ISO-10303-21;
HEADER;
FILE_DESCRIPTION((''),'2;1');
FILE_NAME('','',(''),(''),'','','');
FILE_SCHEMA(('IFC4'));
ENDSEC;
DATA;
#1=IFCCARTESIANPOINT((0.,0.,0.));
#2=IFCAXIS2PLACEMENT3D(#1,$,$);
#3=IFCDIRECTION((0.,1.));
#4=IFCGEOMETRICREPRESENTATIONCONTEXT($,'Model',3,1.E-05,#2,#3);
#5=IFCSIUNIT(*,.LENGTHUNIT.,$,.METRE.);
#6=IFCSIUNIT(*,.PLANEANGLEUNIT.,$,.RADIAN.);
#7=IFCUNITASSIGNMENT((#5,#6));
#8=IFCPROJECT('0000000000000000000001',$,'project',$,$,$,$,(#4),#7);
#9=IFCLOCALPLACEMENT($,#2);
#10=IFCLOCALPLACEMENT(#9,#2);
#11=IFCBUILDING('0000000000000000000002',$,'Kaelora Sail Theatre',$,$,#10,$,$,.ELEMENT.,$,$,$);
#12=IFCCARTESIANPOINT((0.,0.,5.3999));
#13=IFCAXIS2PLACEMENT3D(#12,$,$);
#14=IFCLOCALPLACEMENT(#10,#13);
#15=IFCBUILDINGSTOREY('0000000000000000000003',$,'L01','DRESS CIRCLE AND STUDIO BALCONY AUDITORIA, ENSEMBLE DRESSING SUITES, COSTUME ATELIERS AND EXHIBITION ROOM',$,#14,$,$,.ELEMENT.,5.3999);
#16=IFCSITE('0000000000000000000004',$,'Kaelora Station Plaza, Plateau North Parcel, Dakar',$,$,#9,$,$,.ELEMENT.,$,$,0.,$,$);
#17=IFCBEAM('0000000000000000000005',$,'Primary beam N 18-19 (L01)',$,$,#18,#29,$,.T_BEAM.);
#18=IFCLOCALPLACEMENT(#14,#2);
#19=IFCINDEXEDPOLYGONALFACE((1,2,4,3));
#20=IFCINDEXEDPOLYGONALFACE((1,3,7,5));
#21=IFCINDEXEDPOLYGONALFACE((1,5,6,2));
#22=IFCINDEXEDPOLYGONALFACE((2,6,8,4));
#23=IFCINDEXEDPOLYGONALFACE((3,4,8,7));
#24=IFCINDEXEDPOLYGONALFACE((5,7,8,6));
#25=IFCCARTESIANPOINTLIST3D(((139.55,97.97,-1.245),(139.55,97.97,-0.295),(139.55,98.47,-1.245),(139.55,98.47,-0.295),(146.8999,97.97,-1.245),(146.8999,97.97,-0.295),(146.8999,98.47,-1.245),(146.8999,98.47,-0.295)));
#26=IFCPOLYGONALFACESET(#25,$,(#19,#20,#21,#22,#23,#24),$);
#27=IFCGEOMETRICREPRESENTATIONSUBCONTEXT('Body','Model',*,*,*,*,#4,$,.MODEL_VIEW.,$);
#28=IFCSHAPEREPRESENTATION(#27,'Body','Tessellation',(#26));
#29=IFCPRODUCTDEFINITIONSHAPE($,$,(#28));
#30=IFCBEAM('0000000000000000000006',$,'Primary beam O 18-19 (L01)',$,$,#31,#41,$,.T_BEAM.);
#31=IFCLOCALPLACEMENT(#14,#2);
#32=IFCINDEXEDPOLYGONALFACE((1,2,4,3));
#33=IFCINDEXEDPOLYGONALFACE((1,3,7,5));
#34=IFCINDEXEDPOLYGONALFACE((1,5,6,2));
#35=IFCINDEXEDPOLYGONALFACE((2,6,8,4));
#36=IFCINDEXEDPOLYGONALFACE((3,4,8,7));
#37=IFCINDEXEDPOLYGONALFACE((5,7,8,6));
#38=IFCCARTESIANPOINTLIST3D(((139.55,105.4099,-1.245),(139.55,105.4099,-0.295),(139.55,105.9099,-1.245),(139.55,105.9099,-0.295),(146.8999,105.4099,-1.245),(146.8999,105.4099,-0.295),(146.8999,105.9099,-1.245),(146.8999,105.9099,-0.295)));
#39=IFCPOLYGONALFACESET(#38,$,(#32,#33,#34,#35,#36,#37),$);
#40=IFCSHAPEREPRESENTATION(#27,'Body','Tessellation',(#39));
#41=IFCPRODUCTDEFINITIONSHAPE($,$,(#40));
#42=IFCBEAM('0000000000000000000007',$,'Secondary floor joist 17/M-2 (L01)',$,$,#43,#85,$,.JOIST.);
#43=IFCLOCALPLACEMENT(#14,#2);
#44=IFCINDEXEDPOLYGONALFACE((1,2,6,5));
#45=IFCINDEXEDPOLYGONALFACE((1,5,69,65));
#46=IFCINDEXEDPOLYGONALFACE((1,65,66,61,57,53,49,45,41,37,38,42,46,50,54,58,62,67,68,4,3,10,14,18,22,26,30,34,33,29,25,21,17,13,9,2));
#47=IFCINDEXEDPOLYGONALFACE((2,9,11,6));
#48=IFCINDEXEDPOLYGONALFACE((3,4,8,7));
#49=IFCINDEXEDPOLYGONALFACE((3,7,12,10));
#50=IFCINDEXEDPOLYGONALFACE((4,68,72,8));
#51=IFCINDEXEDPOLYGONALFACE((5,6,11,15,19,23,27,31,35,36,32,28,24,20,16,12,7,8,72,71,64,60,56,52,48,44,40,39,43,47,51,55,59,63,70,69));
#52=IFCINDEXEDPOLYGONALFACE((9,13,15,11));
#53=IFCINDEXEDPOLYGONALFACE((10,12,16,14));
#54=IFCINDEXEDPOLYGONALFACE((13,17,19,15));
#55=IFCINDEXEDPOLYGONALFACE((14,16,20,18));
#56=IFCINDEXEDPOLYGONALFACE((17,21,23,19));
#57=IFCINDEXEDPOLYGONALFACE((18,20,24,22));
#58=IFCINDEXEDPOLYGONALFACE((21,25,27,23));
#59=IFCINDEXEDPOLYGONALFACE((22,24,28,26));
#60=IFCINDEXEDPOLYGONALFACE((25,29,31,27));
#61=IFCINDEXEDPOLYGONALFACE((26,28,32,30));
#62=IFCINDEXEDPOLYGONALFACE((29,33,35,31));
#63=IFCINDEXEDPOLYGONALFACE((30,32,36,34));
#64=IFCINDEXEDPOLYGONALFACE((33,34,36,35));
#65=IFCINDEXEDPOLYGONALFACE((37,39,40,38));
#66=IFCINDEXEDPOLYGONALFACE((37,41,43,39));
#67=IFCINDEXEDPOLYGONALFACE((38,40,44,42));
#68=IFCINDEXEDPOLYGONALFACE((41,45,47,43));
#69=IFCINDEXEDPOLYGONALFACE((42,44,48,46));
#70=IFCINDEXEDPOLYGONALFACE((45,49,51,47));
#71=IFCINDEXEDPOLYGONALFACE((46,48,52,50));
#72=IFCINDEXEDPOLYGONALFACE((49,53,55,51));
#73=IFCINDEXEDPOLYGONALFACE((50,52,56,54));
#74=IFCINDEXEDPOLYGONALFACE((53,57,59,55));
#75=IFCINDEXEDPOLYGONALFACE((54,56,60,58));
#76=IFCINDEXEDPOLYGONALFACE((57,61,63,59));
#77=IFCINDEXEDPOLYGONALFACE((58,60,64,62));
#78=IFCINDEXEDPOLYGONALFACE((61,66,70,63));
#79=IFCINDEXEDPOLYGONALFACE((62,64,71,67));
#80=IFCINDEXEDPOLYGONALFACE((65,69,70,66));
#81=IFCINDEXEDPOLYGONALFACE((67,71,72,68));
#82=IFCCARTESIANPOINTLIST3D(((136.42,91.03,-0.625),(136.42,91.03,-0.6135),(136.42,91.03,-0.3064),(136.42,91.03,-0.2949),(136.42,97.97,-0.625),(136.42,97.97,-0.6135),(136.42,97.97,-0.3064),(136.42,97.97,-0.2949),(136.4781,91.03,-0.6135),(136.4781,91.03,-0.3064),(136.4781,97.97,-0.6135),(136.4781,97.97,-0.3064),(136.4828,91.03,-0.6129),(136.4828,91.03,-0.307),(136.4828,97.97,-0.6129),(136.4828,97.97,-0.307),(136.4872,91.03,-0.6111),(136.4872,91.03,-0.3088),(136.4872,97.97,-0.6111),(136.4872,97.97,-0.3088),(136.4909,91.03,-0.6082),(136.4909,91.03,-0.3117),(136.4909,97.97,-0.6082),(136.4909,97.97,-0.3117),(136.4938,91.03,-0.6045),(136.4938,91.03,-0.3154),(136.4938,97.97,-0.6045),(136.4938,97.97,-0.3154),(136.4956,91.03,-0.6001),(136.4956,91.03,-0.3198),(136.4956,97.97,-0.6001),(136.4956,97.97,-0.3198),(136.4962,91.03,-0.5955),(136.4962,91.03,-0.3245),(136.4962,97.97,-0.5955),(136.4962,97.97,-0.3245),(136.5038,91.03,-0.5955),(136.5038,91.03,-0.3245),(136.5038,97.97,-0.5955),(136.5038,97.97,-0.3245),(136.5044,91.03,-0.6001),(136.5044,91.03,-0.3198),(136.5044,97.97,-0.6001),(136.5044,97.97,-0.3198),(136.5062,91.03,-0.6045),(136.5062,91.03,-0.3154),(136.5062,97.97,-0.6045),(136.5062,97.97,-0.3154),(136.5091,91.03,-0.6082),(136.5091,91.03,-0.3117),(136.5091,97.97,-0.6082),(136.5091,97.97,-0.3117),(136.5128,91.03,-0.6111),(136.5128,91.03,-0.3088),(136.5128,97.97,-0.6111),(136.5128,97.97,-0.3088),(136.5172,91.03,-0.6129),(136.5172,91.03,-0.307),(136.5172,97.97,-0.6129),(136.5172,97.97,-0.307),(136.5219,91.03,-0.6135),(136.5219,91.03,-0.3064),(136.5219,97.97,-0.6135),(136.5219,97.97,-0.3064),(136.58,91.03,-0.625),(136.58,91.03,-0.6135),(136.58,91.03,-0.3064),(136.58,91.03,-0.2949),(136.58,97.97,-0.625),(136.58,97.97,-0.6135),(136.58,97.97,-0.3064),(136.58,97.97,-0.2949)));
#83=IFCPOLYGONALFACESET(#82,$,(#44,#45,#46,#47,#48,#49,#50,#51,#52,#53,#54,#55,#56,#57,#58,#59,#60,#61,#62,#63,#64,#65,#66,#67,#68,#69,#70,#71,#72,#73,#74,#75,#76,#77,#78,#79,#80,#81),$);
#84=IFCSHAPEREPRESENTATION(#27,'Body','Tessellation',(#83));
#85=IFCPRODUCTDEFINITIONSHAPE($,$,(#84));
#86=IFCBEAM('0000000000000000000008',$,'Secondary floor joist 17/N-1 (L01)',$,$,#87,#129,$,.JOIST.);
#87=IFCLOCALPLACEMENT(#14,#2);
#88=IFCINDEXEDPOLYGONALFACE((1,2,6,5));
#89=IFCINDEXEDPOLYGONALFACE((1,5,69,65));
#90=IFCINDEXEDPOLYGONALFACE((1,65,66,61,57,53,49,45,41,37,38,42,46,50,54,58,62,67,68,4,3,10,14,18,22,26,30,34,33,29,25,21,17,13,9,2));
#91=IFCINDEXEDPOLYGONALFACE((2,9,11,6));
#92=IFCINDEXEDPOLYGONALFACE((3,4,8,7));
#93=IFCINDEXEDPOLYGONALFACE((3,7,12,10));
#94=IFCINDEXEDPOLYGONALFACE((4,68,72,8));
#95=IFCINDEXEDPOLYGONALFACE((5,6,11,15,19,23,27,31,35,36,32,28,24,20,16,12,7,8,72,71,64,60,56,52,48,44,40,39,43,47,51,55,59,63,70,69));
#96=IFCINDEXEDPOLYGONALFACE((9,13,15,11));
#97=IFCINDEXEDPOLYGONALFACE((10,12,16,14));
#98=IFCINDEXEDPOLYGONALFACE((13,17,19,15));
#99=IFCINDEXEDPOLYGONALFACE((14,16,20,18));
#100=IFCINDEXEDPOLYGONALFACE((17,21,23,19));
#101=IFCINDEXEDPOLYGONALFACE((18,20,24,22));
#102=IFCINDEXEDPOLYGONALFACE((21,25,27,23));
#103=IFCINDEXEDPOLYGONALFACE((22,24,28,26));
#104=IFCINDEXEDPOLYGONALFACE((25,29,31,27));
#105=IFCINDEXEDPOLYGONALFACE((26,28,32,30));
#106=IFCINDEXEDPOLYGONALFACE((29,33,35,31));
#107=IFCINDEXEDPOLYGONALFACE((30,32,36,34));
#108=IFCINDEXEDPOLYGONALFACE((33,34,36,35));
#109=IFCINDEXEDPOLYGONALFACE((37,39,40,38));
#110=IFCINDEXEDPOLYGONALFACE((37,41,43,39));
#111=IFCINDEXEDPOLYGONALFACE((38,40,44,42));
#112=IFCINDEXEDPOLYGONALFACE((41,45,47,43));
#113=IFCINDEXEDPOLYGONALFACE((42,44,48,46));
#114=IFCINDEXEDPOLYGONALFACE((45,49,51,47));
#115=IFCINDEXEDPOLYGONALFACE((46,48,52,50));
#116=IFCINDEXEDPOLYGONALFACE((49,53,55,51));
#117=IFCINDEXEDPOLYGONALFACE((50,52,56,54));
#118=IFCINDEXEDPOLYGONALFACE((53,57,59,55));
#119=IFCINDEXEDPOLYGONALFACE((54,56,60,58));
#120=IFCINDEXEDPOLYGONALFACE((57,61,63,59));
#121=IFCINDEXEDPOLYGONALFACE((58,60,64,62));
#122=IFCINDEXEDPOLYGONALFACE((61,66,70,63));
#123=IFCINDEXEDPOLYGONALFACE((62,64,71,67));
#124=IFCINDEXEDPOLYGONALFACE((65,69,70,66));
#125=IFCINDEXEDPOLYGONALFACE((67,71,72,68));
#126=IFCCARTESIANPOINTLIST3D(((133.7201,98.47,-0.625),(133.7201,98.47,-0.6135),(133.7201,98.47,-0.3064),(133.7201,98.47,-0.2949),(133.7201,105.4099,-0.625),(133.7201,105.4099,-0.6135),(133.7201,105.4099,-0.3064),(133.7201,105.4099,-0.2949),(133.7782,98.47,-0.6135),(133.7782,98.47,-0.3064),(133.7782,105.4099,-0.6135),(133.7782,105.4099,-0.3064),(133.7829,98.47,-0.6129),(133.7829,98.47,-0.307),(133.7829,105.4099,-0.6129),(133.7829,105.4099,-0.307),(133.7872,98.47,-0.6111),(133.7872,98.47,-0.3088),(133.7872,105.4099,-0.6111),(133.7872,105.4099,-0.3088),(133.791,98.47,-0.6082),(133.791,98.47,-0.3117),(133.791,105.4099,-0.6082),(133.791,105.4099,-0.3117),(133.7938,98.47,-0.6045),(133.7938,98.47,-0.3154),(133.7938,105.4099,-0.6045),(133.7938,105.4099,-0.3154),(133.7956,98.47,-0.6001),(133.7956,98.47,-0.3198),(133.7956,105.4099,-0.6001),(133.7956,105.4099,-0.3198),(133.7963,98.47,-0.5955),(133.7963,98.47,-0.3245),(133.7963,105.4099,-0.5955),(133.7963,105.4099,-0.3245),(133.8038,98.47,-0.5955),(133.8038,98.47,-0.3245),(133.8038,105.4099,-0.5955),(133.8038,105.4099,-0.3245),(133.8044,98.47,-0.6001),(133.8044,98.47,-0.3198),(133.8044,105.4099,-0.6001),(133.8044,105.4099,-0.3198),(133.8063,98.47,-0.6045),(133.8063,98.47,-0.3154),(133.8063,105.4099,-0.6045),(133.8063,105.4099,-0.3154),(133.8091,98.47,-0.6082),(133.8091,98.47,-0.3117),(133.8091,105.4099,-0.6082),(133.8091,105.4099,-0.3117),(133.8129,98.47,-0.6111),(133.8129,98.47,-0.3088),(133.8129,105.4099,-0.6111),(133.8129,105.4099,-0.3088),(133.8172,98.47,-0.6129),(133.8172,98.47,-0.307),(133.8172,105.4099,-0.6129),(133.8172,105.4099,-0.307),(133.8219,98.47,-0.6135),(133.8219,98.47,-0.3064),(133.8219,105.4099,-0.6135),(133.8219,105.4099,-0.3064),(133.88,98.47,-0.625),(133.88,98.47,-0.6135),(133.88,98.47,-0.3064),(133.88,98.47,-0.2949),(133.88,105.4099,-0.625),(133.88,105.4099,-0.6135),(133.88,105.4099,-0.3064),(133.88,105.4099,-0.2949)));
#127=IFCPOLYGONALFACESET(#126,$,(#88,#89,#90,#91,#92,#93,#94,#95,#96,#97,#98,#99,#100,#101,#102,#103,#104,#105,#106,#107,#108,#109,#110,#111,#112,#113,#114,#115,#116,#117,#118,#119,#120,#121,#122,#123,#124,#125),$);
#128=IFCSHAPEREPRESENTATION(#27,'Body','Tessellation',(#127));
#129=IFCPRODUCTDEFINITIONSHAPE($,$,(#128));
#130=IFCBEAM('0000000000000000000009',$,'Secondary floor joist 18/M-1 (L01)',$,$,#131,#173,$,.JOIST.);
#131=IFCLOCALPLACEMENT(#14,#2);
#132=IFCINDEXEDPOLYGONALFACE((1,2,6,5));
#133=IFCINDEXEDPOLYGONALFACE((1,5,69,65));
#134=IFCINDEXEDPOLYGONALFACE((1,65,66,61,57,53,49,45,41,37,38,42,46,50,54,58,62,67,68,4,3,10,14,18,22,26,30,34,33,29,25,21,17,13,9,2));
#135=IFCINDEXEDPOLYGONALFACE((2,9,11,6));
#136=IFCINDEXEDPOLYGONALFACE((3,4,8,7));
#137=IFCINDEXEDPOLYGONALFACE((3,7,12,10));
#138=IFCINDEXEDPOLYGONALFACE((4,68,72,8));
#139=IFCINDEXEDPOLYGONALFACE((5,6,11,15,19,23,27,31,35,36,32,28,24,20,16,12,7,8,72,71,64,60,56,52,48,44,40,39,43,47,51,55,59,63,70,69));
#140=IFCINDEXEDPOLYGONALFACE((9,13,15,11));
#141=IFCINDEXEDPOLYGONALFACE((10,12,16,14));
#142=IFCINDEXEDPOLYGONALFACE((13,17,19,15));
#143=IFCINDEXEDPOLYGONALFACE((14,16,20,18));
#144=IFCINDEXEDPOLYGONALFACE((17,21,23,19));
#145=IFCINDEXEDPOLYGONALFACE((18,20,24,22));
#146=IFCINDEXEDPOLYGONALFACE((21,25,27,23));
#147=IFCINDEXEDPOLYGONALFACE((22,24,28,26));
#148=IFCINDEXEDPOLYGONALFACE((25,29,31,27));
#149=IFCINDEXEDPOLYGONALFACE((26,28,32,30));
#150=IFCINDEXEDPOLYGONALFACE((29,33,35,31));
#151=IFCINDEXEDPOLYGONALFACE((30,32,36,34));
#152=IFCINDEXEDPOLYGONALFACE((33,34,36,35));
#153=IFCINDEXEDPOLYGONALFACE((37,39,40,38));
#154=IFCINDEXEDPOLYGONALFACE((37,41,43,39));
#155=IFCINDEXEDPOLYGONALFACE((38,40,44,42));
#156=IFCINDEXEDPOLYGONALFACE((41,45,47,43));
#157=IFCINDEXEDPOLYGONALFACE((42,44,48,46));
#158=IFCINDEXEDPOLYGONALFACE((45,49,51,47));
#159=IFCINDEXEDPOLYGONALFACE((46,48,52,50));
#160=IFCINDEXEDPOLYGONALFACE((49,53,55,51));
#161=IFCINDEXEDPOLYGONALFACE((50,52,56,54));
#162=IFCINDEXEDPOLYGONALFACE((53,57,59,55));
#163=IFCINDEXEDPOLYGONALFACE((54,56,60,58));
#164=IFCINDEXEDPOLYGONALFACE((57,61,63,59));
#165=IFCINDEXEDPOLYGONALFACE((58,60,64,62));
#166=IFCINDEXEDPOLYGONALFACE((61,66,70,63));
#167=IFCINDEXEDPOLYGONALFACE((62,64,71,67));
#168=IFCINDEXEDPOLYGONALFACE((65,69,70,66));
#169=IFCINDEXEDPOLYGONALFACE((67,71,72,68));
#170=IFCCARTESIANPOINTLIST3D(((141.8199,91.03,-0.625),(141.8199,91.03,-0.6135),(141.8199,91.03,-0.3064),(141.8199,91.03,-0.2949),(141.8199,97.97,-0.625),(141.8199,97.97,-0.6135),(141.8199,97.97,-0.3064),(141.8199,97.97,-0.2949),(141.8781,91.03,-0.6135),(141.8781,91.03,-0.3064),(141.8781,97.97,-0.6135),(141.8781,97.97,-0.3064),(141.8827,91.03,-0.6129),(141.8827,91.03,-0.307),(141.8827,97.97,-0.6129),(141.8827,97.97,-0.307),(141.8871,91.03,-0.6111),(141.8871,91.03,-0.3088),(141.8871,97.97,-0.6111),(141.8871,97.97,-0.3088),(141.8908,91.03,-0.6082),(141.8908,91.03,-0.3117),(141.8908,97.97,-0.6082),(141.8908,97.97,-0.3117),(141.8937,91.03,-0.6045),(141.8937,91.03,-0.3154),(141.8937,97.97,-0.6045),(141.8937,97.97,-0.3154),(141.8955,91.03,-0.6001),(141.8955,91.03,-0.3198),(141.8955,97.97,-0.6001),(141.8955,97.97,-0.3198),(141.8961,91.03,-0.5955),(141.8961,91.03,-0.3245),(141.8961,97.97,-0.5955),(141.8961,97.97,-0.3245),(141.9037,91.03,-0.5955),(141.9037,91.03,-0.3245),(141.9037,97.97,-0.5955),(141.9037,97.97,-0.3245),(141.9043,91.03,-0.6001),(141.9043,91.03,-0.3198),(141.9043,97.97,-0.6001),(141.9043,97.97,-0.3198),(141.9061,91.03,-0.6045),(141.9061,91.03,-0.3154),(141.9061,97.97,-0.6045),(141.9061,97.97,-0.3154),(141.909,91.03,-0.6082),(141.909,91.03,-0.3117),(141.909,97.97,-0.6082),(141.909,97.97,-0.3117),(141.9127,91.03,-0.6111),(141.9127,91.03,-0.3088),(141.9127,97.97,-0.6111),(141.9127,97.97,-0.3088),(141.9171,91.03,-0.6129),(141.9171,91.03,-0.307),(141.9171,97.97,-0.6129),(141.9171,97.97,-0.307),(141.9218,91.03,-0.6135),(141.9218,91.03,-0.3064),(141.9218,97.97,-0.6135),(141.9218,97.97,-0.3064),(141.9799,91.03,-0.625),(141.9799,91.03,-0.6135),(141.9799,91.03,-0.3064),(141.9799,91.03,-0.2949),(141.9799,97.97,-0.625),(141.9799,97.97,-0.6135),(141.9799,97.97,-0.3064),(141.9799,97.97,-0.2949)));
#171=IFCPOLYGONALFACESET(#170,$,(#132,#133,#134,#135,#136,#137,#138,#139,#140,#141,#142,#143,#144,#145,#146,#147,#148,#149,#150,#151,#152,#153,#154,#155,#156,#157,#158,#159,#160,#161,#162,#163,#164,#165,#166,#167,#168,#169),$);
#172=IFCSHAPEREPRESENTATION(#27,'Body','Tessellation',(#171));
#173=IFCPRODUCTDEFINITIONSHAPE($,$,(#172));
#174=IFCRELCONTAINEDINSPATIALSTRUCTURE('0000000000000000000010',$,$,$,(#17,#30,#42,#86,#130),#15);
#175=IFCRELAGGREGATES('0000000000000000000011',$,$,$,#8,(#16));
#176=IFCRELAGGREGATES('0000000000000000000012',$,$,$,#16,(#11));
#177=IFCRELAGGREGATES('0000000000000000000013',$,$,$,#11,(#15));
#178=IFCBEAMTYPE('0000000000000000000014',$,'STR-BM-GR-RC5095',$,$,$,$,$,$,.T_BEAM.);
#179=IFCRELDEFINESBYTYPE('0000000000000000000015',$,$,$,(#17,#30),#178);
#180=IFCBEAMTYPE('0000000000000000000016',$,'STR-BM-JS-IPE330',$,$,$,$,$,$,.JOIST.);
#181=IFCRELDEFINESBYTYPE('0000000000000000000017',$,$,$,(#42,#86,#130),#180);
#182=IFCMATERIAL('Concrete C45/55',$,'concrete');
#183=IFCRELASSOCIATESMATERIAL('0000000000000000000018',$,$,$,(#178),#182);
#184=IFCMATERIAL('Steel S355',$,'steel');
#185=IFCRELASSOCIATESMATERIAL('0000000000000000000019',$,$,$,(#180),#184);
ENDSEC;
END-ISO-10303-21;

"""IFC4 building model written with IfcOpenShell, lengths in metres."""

from ifc_helpers import new_model, si_unit, direction, frame, origin, origin_2d, place, context, subcontext, project, spatial, rectangle, i_section, extrude, material, material_profile, profile_set, type_object, element, save


model = new_model("IFC4")

# Units and contexts
model_context = context("Model", 3, precision=1e-05, world=origin(), true_north=direction((0.0, 1.0)))
body_context = subcontext(model_context, "Body", "Model", "MODEL_VIEW")
ifc_project = project(units=[si_unit("LENGTHUNIT", "METRE"), si_unit("PLANEANGLEUNIT", "RADIAN")], contexts=[model_context])

# Site, building, storey
site_placement = place(None, origin())
site = spatial("IfcSite", under=ifc_project, at=site_placement, Name="Kaelora Station Plaza, Plateau North Parcel, Dakar", CompositionType="ELEMENT", RefElevation=0.0)
building_placement = place(site_placement, origin())
building = spatial("IfcBuilding", under=site, at=building_placement, Name="Kaelora Sail Theatre", CompositionType="ELEMENT")
storey_placement = place(building_placement, frame((0.0, 0.0, 5.3999)))
storey = spatial("IfcBuildingStorey", under=building, at=storey_placement, Name="L01", Description="DRESS CIRCLE AND STUDIO BALCONY AUDITORIA, ENSEMBLE DRESSING SUITES, COSTUME ATELIERS AND EXHIBITION ROOM", CompositionType="ELEMENT", Elevation=5.3999)

# Beams
ifc_material_1 = material(Name="Concrete C45/55", Category="concrete")
ifc_material_profile_1 = material_profile(ifc_material_1, rectangle(XDim=0.5, YDim=0.95, at=origin_2d()), Name="RC-GRD 500x950")
ifc_profile_set_1 = profile_set([ifc_material_profile_1], Name="Concrete C45/55")
beam_type_1 = type_object("IfcBeamType", Name="STR-BM-GR-RC5095", PredefinedType="T_BEAM", material=ifc_profile_set_1)
for number, where, z_axis, x_axis, name in (
    (1, (139.55, 98.22, -0.77), (1.0, 0.0, 0.0), (0.0, 1.0, 0.0), "Primary beam N 18-19 (L01)"),
    (2, (139.55, 105.6599, -0.77), (1.0, 0.0, 0.0), (0.0, 1.0, 0.0), "Primary beam O 18-19 (L01)"),
):
    element("IfcBeam", number, at=place(storey_placement, frame(where, z_axis=z_axis, x_axis=x_axis)), inside=storey, type_object=beam_type_1, Name=name, PredefinedType="T_BEAM", context=body_context, shape_type="SweptSolid", body=[
        extrude(rectangle(XDim=0.5, YDim=0.95, at=origin_2d()), origin(), (0.0, 0.0, 1.0), 7.3499),
    ])
ifc_material_2 = material(Name="Steel S355", Category="steel")
ifc_material_profile_2 = material_profile(ifc_material_2, i_section(OverallWidth=0.1599, OverallDepth=0.3301, WebThickness=0.0076, FlangeThickness=0.0115, FilletRadius=0.0181, at=origin_2d()), Name="IPE 330")
ifc_profile_set_2 = profile_set([ifc_material_profile_2], Name="Steel S355")
beam_type_2 = type_object("IfcBeamType", Name="STR-BM-JS-IPE330", PredefinedType="JOIST", material=ifc_profile_set_2)
for number, where, z_axis, x_axis, name in (
    (3, (136.5, 91.03, -0.46), (0.0, 1.0, 0.0), (-1.0, 0.0, 0.0), "Secondary floor joist 17/M-2 (L01)"),
    (4, (133.8, 98.47, -0.46), (0.0, 1.0, 0.0), (-1.0, 0.0, 0.0), "Secondary floor joist 17/N-1 (L01)"),
    (5, (141.8999, 91.03, -0.46), (0.0, 1.0, 0.0), (-1.0, 0.0, 0.0), "Secondary floor joist 18/M-1 (L01)"),
):
    element("IfcBeam", number, at=place(storey_placement, frame(where, z_axis=z_axis, x_axis=x_axis)), inside=storey, type_object=beam_type_2, Name=name, PredefinedType="JOIST", context=body_context, shape_type="SweptSolid", body=[
        extrude(i_section(OverallWidth=0.1599, OverallDepth=0.3301, WebThickness=0.0076, FlangeThickness=0.0115, FilletRadius=0.0181, at=origin_2d()), origin(), (0.0, 0.0, 1.0), 6.9399),
    ])

save(model, "model.ifc")
